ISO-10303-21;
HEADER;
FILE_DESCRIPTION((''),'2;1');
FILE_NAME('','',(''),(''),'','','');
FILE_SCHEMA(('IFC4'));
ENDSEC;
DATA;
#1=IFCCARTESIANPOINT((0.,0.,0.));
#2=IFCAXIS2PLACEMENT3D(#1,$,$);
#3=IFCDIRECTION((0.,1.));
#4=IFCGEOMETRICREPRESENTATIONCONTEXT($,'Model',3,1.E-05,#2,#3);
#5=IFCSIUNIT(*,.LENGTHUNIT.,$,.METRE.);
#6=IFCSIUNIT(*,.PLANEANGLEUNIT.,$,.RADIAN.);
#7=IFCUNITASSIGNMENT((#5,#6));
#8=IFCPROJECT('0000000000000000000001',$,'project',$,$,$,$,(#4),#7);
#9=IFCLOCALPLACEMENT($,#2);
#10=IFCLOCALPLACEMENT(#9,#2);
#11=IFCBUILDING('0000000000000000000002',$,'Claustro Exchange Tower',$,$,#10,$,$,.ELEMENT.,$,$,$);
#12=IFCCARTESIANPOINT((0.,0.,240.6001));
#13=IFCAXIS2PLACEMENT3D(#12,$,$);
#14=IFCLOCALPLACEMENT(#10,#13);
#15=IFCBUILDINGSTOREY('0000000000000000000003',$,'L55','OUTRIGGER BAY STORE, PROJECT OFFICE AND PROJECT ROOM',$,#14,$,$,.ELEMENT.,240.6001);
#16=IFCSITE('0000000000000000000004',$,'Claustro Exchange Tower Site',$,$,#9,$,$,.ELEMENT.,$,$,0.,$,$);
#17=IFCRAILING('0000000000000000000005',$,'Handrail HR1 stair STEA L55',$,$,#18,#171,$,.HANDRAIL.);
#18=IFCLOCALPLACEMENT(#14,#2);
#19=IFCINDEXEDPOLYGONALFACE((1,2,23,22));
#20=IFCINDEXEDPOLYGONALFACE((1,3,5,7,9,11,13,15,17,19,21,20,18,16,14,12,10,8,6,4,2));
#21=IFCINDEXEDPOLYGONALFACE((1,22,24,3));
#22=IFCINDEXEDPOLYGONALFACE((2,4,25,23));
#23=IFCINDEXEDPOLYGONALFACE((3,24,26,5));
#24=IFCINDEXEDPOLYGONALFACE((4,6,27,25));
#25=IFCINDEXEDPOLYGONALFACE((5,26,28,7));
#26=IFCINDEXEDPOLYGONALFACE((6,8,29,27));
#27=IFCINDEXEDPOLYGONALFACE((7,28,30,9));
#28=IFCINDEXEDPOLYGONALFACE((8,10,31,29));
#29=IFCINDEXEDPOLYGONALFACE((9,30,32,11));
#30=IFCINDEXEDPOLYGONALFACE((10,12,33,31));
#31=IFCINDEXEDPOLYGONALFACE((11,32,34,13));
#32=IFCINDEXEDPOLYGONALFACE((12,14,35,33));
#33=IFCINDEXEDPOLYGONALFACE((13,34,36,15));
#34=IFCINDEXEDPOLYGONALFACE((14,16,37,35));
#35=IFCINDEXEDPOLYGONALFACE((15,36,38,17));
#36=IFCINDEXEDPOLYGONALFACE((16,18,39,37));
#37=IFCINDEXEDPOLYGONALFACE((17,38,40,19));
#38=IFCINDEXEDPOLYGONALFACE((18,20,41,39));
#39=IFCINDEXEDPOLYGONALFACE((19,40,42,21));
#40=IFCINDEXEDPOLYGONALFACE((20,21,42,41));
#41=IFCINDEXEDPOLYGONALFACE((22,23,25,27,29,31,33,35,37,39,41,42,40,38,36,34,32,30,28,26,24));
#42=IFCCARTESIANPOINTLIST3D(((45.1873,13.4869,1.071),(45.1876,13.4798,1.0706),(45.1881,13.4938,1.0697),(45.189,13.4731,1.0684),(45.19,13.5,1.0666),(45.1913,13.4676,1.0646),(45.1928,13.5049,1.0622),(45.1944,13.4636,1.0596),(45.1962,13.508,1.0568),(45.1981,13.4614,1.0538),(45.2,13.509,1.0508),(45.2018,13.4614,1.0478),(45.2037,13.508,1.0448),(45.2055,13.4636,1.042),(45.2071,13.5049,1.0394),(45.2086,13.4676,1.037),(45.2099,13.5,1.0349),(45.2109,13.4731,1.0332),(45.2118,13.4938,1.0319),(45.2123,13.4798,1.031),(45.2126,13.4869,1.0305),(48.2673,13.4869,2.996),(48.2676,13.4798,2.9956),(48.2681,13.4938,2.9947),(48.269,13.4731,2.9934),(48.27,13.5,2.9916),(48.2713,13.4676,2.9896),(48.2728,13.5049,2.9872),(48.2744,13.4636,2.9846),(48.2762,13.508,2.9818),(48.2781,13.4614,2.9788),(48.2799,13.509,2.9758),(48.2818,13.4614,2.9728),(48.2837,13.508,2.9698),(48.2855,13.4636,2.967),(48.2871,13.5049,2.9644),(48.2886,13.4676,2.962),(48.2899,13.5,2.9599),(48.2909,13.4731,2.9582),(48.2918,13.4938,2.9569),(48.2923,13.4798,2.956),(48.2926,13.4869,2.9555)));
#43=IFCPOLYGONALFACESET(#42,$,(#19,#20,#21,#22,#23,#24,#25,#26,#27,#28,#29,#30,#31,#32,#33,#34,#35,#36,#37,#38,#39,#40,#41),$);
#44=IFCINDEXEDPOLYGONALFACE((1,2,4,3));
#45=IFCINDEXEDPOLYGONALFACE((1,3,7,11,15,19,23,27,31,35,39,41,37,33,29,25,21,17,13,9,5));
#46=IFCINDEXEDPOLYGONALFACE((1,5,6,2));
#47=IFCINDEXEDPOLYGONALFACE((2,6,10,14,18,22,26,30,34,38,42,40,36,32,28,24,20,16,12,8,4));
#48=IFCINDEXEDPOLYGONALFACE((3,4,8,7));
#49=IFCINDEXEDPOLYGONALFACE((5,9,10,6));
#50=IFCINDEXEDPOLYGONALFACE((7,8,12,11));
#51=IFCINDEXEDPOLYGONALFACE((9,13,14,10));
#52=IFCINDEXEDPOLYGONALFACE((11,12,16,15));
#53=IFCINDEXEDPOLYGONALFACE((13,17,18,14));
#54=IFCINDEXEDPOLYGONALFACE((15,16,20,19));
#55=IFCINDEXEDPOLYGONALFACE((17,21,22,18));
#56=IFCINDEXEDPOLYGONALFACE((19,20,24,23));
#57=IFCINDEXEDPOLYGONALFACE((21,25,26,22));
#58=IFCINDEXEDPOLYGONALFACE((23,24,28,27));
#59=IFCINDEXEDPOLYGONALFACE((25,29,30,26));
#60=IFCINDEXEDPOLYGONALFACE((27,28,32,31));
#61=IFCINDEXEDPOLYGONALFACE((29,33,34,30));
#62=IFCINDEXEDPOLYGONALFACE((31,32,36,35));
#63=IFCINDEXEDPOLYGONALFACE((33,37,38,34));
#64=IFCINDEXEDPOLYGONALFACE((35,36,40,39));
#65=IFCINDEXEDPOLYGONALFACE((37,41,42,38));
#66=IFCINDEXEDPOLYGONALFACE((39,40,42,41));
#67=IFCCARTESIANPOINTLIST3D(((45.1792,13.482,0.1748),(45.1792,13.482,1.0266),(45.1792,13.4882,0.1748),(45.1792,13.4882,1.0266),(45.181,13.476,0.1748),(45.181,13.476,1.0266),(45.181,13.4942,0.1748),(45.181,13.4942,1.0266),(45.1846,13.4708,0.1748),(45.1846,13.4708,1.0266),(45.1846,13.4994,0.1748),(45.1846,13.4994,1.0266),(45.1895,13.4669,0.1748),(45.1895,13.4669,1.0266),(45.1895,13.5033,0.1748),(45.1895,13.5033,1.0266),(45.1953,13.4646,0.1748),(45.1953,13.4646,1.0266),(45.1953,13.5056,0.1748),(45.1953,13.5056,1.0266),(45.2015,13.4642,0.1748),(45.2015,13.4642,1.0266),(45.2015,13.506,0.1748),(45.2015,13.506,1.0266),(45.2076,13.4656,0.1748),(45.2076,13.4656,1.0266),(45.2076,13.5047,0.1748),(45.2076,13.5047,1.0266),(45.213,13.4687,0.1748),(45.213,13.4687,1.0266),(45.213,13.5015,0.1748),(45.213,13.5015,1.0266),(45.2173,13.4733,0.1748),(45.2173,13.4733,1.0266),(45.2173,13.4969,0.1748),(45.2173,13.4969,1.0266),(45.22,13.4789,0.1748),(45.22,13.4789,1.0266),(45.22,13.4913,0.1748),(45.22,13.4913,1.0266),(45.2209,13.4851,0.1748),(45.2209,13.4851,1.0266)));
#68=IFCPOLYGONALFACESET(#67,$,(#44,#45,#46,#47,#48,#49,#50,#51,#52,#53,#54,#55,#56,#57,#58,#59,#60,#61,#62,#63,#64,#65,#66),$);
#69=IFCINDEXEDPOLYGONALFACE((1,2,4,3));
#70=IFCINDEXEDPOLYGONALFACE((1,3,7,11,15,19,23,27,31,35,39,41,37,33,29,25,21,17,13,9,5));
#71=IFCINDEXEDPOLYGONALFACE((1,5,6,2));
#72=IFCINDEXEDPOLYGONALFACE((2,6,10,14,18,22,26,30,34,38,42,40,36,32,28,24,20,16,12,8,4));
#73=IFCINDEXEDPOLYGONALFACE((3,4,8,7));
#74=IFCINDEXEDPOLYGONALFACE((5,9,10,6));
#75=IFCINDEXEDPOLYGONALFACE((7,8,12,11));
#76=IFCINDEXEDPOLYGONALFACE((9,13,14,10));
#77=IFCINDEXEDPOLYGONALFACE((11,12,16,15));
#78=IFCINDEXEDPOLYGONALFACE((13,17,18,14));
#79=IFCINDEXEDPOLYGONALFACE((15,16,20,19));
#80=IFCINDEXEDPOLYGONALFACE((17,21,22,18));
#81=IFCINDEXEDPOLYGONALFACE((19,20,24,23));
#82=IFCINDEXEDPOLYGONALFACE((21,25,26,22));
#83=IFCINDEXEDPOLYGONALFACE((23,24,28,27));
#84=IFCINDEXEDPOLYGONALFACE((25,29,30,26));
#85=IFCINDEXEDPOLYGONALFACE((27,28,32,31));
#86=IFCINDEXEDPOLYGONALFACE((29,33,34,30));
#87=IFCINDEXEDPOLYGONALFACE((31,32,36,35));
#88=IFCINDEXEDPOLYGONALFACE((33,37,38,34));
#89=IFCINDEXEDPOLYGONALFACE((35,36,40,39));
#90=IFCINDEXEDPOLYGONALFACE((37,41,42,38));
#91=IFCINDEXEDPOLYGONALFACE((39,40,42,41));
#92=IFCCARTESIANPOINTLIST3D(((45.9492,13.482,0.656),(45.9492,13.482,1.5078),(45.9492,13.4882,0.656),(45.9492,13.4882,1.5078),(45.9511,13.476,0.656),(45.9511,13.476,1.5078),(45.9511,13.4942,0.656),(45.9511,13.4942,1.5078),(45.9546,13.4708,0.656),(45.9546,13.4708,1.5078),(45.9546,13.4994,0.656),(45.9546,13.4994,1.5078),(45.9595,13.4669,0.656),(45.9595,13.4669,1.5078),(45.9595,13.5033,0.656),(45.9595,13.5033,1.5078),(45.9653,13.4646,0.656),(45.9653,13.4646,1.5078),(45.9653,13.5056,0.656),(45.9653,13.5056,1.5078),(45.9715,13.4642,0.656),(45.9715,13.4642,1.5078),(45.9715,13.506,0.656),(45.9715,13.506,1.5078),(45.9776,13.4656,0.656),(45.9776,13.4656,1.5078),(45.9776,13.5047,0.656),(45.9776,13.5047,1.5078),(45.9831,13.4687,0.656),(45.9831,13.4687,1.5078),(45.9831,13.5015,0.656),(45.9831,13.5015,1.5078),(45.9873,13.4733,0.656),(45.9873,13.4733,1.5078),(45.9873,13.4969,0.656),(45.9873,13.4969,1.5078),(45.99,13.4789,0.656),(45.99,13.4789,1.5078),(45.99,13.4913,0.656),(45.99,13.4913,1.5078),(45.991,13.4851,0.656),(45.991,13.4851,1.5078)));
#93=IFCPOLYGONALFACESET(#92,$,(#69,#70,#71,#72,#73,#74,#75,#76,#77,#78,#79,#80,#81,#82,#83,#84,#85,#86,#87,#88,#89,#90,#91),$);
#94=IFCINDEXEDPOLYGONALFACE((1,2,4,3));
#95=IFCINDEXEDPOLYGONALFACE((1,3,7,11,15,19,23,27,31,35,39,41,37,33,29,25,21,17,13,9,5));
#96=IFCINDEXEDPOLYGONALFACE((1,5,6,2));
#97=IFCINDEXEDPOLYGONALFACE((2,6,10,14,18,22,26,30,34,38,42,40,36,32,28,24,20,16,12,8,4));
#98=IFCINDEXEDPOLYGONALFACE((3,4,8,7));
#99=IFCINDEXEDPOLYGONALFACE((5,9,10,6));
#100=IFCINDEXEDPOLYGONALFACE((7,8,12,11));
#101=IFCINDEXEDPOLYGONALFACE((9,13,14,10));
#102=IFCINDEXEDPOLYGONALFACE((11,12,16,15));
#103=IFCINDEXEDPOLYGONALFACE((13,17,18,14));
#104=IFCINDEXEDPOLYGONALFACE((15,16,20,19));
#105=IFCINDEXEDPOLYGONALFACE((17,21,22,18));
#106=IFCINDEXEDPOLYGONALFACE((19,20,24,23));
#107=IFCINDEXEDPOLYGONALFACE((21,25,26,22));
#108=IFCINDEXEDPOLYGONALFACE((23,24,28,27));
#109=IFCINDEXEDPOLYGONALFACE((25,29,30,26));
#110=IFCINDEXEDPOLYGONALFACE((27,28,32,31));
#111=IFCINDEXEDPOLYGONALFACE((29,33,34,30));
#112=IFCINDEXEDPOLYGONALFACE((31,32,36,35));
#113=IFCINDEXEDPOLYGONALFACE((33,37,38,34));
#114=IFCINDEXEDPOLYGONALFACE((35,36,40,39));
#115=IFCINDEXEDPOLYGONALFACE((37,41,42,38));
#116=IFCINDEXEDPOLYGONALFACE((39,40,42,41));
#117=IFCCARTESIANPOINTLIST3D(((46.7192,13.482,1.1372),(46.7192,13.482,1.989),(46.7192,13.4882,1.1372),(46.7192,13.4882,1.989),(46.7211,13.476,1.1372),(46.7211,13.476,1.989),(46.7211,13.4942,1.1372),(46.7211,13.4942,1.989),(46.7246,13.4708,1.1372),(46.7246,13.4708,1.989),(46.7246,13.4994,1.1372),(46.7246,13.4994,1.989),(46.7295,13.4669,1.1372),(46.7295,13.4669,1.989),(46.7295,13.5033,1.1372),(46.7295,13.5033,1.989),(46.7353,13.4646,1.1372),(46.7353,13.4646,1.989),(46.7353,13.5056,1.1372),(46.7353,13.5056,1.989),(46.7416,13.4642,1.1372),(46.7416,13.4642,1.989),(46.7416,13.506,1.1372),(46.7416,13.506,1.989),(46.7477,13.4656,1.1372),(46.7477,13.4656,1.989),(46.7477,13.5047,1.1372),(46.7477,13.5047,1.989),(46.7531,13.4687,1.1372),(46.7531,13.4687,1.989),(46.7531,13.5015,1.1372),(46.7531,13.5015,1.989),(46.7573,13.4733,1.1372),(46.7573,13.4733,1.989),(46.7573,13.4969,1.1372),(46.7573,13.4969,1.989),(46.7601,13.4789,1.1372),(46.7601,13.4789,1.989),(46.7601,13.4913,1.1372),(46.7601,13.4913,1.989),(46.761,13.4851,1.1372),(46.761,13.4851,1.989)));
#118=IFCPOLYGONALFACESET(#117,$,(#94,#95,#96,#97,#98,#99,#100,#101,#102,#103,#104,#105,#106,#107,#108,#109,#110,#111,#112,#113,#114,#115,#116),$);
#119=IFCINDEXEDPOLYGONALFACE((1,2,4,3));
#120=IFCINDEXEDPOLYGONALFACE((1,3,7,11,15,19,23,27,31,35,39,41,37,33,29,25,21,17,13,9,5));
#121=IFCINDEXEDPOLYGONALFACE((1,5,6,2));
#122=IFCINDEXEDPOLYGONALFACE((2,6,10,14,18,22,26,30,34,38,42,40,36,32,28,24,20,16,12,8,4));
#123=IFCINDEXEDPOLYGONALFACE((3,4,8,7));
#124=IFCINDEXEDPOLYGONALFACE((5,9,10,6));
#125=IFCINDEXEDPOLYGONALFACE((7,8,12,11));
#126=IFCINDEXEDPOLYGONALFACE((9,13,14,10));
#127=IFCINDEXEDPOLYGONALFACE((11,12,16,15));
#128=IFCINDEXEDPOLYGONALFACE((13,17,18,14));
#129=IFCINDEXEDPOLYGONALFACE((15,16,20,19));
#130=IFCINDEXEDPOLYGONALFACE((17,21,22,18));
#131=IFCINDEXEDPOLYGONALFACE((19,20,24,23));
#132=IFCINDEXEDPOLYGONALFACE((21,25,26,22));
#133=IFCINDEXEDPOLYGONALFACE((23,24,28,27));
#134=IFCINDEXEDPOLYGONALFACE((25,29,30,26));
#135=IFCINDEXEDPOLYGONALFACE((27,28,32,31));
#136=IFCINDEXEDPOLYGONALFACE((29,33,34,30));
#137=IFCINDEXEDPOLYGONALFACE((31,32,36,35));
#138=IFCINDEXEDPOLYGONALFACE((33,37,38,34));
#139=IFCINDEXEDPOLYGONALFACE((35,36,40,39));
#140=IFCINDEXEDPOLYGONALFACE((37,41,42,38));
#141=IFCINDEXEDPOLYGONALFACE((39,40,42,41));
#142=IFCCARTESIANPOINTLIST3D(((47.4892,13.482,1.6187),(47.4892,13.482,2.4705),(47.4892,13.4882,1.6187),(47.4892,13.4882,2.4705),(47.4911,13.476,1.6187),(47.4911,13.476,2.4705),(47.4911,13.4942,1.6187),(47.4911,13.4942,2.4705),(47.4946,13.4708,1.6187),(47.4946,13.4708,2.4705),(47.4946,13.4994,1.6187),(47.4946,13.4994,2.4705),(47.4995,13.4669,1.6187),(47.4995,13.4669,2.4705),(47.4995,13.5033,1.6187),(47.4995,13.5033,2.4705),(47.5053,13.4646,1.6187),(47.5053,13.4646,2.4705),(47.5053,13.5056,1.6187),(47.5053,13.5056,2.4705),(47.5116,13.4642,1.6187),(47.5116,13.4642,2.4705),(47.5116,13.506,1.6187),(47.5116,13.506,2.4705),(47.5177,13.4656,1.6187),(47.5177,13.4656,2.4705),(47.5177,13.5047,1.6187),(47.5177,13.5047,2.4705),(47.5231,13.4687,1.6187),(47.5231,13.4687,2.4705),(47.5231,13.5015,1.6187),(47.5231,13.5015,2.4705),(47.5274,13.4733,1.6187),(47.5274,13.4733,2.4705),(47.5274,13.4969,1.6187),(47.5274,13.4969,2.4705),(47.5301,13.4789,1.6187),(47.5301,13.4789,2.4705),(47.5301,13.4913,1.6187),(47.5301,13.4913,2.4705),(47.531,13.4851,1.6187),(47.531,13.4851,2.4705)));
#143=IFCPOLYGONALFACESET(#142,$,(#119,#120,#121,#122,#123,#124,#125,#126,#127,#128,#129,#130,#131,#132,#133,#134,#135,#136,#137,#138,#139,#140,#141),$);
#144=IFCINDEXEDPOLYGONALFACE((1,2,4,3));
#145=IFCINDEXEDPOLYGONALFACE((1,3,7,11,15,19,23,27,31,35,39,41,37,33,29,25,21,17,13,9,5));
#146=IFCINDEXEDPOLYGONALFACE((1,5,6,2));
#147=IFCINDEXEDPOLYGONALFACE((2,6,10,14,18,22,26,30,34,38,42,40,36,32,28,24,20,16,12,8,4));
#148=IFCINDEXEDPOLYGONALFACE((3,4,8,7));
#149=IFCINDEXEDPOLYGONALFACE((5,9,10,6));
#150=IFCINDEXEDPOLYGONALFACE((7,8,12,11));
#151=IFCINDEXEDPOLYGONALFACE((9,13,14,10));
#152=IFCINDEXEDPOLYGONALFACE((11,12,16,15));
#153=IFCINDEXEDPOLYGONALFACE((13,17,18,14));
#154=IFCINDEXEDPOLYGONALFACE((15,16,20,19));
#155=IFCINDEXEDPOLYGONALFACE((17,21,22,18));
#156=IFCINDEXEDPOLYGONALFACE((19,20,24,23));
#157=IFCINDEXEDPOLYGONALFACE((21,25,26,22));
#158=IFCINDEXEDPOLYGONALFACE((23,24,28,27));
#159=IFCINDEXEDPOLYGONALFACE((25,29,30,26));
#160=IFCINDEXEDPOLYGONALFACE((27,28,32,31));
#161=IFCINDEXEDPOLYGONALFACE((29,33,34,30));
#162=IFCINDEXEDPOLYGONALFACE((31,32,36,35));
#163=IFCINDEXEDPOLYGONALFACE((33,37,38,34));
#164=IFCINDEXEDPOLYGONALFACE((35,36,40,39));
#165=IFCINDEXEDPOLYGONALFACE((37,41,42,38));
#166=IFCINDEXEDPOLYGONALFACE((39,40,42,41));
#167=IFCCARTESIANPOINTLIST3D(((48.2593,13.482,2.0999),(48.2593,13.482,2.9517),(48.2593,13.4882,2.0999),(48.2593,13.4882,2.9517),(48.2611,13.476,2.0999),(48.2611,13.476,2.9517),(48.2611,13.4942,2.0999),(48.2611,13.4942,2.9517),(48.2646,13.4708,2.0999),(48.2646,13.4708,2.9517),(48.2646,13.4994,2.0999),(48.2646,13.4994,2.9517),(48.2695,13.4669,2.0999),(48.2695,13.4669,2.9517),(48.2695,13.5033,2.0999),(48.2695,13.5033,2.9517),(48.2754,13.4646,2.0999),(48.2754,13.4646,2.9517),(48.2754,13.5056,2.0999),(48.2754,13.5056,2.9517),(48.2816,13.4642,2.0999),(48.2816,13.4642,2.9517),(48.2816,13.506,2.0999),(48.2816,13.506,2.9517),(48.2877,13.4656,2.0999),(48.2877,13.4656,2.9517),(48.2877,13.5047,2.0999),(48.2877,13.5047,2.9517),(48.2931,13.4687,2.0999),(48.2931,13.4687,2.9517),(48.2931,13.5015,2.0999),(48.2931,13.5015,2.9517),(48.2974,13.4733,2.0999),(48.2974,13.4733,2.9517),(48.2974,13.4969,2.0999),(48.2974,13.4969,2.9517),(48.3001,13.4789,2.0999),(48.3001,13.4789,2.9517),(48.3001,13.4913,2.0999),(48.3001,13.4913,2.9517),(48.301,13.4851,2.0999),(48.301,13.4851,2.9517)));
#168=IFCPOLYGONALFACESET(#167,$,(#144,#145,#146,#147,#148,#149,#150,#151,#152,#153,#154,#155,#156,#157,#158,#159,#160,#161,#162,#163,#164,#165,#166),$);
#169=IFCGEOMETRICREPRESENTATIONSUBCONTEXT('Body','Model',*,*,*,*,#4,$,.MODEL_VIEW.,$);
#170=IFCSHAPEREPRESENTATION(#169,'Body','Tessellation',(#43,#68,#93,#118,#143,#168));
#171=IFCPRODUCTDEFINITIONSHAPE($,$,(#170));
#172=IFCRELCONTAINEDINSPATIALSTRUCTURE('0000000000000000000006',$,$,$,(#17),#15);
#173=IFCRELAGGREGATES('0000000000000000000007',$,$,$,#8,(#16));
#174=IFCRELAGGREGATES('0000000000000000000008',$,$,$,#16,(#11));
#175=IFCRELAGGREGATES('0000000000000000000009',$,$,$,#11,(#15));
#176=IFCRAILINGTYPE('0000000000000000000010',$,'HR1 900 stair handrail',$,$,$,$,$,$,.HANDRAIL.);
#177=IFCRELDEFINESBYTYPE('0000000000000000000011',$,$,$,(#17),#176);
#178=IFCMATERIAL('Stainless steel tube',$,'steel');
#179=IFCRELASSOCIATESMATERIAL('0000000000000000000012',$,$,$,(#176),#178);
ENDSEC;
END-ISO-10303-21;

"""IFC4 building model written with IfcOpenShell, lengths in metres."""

from ifc_helpers import new_model, si_unit, direction, frame, origin, origin_2d, place, context, subcontext, project, spatial, circle, extrude, material, type_object, element, save


model = new_model("IFC4")

# Units and contexts
model_context = context("Model", 3, precision=1e-05, world=origin(), true_north=direction((0.0, 1.0)))
body_context = subcontext(model_context, "Body", "Model", "MODEL_VIEW")
ifc_project = project(units=[si_unit("LENGTHUNIT", "METRE"), si_unit("PLANEANGLEUNIT", "RADIAN")], contexts=[model_context])

# Site, building, storey
site_placement = place(None, origin())
site = spatial("IfcSite", under=ifc_project, at=site_placement, Name="Claustro Exchange Tower Site", CompositionType="ELEMENT", RefElevation=0.0)
building_placement = place(site_placement, origin())
building = spatial("IfcBuilding", under=site, at=building_placement, Name="Claustro Exchange Tower", CompositionType="ELEMENT")
storey_placement = place(building_placement, frame((0.0, 0.0, 240.6001)))
storey = spatial("IfcBuildingStorey", under=building, at=storey_placement, Name="L55", Description="OUTRIGGER BAY STORE, PROJECT OFFICE AND PROJECT ROOM", CompositionType="ELEMENT", Elevation=240.6001)

# Railing
ifc_material_1 = material(Name="Stainless steel tube", Category="steel")
railing_type_1 = type_object("IfcRailingType", Name="HR1 900 stair handrail", PredefinedType="HANDRAIL", material=ifc_material_1)
railing_1_placement = place(storey_placement, frame((45.2, 13.4851, 0.1748)))
element("IfcRailing", 1, at=railing_1_placement, inside=storey, type_object=railing_type_1, Name="Handrail HR1 stair STEA L55", PredefinedType="HANDRAIL", context=body_context, shape_type="SweptSolid", body=[
    extrude(circle(Radius=0.0239, at=origin_2d()), frame((0.0, 0.0, 0.876), z_axis=(0.847998, 0.0, 0.529999), x_axis=(0.0, 1.0, 0.0)), (0.0, 0.0, 1.0), 3.6321),
    extrude(circle(Radius=0.021, at=origin_2d()), origin(), (0.0, 0.0, 1.0), 0.8518),
    extrude(circle(Radius=0.021, at=origin_2d()), frame((0.77, 0.0, 0.4812)), (0.0, 0.0, 1.0), 0.8518),
    extrude(circle(Radius=0.021, at=origin_2d()), frame((1.54, 0.0, 0.9624)), (0.0, 0.0, 1.0), 0.8518),
    extrude(circle(Radius=0.021, at=origin_2d()), frame((2.3101, 0.0, 1.4438)), (0.0, 0.0, 1.0), 0.8518),
    extrude(circle(Radius=0.021, at=origin_2d()), frame((3.0801, 0.0, 1.925)), (0.0, 0.0, 1.0), 0.8518),
])

save(model, "model.ifc")
